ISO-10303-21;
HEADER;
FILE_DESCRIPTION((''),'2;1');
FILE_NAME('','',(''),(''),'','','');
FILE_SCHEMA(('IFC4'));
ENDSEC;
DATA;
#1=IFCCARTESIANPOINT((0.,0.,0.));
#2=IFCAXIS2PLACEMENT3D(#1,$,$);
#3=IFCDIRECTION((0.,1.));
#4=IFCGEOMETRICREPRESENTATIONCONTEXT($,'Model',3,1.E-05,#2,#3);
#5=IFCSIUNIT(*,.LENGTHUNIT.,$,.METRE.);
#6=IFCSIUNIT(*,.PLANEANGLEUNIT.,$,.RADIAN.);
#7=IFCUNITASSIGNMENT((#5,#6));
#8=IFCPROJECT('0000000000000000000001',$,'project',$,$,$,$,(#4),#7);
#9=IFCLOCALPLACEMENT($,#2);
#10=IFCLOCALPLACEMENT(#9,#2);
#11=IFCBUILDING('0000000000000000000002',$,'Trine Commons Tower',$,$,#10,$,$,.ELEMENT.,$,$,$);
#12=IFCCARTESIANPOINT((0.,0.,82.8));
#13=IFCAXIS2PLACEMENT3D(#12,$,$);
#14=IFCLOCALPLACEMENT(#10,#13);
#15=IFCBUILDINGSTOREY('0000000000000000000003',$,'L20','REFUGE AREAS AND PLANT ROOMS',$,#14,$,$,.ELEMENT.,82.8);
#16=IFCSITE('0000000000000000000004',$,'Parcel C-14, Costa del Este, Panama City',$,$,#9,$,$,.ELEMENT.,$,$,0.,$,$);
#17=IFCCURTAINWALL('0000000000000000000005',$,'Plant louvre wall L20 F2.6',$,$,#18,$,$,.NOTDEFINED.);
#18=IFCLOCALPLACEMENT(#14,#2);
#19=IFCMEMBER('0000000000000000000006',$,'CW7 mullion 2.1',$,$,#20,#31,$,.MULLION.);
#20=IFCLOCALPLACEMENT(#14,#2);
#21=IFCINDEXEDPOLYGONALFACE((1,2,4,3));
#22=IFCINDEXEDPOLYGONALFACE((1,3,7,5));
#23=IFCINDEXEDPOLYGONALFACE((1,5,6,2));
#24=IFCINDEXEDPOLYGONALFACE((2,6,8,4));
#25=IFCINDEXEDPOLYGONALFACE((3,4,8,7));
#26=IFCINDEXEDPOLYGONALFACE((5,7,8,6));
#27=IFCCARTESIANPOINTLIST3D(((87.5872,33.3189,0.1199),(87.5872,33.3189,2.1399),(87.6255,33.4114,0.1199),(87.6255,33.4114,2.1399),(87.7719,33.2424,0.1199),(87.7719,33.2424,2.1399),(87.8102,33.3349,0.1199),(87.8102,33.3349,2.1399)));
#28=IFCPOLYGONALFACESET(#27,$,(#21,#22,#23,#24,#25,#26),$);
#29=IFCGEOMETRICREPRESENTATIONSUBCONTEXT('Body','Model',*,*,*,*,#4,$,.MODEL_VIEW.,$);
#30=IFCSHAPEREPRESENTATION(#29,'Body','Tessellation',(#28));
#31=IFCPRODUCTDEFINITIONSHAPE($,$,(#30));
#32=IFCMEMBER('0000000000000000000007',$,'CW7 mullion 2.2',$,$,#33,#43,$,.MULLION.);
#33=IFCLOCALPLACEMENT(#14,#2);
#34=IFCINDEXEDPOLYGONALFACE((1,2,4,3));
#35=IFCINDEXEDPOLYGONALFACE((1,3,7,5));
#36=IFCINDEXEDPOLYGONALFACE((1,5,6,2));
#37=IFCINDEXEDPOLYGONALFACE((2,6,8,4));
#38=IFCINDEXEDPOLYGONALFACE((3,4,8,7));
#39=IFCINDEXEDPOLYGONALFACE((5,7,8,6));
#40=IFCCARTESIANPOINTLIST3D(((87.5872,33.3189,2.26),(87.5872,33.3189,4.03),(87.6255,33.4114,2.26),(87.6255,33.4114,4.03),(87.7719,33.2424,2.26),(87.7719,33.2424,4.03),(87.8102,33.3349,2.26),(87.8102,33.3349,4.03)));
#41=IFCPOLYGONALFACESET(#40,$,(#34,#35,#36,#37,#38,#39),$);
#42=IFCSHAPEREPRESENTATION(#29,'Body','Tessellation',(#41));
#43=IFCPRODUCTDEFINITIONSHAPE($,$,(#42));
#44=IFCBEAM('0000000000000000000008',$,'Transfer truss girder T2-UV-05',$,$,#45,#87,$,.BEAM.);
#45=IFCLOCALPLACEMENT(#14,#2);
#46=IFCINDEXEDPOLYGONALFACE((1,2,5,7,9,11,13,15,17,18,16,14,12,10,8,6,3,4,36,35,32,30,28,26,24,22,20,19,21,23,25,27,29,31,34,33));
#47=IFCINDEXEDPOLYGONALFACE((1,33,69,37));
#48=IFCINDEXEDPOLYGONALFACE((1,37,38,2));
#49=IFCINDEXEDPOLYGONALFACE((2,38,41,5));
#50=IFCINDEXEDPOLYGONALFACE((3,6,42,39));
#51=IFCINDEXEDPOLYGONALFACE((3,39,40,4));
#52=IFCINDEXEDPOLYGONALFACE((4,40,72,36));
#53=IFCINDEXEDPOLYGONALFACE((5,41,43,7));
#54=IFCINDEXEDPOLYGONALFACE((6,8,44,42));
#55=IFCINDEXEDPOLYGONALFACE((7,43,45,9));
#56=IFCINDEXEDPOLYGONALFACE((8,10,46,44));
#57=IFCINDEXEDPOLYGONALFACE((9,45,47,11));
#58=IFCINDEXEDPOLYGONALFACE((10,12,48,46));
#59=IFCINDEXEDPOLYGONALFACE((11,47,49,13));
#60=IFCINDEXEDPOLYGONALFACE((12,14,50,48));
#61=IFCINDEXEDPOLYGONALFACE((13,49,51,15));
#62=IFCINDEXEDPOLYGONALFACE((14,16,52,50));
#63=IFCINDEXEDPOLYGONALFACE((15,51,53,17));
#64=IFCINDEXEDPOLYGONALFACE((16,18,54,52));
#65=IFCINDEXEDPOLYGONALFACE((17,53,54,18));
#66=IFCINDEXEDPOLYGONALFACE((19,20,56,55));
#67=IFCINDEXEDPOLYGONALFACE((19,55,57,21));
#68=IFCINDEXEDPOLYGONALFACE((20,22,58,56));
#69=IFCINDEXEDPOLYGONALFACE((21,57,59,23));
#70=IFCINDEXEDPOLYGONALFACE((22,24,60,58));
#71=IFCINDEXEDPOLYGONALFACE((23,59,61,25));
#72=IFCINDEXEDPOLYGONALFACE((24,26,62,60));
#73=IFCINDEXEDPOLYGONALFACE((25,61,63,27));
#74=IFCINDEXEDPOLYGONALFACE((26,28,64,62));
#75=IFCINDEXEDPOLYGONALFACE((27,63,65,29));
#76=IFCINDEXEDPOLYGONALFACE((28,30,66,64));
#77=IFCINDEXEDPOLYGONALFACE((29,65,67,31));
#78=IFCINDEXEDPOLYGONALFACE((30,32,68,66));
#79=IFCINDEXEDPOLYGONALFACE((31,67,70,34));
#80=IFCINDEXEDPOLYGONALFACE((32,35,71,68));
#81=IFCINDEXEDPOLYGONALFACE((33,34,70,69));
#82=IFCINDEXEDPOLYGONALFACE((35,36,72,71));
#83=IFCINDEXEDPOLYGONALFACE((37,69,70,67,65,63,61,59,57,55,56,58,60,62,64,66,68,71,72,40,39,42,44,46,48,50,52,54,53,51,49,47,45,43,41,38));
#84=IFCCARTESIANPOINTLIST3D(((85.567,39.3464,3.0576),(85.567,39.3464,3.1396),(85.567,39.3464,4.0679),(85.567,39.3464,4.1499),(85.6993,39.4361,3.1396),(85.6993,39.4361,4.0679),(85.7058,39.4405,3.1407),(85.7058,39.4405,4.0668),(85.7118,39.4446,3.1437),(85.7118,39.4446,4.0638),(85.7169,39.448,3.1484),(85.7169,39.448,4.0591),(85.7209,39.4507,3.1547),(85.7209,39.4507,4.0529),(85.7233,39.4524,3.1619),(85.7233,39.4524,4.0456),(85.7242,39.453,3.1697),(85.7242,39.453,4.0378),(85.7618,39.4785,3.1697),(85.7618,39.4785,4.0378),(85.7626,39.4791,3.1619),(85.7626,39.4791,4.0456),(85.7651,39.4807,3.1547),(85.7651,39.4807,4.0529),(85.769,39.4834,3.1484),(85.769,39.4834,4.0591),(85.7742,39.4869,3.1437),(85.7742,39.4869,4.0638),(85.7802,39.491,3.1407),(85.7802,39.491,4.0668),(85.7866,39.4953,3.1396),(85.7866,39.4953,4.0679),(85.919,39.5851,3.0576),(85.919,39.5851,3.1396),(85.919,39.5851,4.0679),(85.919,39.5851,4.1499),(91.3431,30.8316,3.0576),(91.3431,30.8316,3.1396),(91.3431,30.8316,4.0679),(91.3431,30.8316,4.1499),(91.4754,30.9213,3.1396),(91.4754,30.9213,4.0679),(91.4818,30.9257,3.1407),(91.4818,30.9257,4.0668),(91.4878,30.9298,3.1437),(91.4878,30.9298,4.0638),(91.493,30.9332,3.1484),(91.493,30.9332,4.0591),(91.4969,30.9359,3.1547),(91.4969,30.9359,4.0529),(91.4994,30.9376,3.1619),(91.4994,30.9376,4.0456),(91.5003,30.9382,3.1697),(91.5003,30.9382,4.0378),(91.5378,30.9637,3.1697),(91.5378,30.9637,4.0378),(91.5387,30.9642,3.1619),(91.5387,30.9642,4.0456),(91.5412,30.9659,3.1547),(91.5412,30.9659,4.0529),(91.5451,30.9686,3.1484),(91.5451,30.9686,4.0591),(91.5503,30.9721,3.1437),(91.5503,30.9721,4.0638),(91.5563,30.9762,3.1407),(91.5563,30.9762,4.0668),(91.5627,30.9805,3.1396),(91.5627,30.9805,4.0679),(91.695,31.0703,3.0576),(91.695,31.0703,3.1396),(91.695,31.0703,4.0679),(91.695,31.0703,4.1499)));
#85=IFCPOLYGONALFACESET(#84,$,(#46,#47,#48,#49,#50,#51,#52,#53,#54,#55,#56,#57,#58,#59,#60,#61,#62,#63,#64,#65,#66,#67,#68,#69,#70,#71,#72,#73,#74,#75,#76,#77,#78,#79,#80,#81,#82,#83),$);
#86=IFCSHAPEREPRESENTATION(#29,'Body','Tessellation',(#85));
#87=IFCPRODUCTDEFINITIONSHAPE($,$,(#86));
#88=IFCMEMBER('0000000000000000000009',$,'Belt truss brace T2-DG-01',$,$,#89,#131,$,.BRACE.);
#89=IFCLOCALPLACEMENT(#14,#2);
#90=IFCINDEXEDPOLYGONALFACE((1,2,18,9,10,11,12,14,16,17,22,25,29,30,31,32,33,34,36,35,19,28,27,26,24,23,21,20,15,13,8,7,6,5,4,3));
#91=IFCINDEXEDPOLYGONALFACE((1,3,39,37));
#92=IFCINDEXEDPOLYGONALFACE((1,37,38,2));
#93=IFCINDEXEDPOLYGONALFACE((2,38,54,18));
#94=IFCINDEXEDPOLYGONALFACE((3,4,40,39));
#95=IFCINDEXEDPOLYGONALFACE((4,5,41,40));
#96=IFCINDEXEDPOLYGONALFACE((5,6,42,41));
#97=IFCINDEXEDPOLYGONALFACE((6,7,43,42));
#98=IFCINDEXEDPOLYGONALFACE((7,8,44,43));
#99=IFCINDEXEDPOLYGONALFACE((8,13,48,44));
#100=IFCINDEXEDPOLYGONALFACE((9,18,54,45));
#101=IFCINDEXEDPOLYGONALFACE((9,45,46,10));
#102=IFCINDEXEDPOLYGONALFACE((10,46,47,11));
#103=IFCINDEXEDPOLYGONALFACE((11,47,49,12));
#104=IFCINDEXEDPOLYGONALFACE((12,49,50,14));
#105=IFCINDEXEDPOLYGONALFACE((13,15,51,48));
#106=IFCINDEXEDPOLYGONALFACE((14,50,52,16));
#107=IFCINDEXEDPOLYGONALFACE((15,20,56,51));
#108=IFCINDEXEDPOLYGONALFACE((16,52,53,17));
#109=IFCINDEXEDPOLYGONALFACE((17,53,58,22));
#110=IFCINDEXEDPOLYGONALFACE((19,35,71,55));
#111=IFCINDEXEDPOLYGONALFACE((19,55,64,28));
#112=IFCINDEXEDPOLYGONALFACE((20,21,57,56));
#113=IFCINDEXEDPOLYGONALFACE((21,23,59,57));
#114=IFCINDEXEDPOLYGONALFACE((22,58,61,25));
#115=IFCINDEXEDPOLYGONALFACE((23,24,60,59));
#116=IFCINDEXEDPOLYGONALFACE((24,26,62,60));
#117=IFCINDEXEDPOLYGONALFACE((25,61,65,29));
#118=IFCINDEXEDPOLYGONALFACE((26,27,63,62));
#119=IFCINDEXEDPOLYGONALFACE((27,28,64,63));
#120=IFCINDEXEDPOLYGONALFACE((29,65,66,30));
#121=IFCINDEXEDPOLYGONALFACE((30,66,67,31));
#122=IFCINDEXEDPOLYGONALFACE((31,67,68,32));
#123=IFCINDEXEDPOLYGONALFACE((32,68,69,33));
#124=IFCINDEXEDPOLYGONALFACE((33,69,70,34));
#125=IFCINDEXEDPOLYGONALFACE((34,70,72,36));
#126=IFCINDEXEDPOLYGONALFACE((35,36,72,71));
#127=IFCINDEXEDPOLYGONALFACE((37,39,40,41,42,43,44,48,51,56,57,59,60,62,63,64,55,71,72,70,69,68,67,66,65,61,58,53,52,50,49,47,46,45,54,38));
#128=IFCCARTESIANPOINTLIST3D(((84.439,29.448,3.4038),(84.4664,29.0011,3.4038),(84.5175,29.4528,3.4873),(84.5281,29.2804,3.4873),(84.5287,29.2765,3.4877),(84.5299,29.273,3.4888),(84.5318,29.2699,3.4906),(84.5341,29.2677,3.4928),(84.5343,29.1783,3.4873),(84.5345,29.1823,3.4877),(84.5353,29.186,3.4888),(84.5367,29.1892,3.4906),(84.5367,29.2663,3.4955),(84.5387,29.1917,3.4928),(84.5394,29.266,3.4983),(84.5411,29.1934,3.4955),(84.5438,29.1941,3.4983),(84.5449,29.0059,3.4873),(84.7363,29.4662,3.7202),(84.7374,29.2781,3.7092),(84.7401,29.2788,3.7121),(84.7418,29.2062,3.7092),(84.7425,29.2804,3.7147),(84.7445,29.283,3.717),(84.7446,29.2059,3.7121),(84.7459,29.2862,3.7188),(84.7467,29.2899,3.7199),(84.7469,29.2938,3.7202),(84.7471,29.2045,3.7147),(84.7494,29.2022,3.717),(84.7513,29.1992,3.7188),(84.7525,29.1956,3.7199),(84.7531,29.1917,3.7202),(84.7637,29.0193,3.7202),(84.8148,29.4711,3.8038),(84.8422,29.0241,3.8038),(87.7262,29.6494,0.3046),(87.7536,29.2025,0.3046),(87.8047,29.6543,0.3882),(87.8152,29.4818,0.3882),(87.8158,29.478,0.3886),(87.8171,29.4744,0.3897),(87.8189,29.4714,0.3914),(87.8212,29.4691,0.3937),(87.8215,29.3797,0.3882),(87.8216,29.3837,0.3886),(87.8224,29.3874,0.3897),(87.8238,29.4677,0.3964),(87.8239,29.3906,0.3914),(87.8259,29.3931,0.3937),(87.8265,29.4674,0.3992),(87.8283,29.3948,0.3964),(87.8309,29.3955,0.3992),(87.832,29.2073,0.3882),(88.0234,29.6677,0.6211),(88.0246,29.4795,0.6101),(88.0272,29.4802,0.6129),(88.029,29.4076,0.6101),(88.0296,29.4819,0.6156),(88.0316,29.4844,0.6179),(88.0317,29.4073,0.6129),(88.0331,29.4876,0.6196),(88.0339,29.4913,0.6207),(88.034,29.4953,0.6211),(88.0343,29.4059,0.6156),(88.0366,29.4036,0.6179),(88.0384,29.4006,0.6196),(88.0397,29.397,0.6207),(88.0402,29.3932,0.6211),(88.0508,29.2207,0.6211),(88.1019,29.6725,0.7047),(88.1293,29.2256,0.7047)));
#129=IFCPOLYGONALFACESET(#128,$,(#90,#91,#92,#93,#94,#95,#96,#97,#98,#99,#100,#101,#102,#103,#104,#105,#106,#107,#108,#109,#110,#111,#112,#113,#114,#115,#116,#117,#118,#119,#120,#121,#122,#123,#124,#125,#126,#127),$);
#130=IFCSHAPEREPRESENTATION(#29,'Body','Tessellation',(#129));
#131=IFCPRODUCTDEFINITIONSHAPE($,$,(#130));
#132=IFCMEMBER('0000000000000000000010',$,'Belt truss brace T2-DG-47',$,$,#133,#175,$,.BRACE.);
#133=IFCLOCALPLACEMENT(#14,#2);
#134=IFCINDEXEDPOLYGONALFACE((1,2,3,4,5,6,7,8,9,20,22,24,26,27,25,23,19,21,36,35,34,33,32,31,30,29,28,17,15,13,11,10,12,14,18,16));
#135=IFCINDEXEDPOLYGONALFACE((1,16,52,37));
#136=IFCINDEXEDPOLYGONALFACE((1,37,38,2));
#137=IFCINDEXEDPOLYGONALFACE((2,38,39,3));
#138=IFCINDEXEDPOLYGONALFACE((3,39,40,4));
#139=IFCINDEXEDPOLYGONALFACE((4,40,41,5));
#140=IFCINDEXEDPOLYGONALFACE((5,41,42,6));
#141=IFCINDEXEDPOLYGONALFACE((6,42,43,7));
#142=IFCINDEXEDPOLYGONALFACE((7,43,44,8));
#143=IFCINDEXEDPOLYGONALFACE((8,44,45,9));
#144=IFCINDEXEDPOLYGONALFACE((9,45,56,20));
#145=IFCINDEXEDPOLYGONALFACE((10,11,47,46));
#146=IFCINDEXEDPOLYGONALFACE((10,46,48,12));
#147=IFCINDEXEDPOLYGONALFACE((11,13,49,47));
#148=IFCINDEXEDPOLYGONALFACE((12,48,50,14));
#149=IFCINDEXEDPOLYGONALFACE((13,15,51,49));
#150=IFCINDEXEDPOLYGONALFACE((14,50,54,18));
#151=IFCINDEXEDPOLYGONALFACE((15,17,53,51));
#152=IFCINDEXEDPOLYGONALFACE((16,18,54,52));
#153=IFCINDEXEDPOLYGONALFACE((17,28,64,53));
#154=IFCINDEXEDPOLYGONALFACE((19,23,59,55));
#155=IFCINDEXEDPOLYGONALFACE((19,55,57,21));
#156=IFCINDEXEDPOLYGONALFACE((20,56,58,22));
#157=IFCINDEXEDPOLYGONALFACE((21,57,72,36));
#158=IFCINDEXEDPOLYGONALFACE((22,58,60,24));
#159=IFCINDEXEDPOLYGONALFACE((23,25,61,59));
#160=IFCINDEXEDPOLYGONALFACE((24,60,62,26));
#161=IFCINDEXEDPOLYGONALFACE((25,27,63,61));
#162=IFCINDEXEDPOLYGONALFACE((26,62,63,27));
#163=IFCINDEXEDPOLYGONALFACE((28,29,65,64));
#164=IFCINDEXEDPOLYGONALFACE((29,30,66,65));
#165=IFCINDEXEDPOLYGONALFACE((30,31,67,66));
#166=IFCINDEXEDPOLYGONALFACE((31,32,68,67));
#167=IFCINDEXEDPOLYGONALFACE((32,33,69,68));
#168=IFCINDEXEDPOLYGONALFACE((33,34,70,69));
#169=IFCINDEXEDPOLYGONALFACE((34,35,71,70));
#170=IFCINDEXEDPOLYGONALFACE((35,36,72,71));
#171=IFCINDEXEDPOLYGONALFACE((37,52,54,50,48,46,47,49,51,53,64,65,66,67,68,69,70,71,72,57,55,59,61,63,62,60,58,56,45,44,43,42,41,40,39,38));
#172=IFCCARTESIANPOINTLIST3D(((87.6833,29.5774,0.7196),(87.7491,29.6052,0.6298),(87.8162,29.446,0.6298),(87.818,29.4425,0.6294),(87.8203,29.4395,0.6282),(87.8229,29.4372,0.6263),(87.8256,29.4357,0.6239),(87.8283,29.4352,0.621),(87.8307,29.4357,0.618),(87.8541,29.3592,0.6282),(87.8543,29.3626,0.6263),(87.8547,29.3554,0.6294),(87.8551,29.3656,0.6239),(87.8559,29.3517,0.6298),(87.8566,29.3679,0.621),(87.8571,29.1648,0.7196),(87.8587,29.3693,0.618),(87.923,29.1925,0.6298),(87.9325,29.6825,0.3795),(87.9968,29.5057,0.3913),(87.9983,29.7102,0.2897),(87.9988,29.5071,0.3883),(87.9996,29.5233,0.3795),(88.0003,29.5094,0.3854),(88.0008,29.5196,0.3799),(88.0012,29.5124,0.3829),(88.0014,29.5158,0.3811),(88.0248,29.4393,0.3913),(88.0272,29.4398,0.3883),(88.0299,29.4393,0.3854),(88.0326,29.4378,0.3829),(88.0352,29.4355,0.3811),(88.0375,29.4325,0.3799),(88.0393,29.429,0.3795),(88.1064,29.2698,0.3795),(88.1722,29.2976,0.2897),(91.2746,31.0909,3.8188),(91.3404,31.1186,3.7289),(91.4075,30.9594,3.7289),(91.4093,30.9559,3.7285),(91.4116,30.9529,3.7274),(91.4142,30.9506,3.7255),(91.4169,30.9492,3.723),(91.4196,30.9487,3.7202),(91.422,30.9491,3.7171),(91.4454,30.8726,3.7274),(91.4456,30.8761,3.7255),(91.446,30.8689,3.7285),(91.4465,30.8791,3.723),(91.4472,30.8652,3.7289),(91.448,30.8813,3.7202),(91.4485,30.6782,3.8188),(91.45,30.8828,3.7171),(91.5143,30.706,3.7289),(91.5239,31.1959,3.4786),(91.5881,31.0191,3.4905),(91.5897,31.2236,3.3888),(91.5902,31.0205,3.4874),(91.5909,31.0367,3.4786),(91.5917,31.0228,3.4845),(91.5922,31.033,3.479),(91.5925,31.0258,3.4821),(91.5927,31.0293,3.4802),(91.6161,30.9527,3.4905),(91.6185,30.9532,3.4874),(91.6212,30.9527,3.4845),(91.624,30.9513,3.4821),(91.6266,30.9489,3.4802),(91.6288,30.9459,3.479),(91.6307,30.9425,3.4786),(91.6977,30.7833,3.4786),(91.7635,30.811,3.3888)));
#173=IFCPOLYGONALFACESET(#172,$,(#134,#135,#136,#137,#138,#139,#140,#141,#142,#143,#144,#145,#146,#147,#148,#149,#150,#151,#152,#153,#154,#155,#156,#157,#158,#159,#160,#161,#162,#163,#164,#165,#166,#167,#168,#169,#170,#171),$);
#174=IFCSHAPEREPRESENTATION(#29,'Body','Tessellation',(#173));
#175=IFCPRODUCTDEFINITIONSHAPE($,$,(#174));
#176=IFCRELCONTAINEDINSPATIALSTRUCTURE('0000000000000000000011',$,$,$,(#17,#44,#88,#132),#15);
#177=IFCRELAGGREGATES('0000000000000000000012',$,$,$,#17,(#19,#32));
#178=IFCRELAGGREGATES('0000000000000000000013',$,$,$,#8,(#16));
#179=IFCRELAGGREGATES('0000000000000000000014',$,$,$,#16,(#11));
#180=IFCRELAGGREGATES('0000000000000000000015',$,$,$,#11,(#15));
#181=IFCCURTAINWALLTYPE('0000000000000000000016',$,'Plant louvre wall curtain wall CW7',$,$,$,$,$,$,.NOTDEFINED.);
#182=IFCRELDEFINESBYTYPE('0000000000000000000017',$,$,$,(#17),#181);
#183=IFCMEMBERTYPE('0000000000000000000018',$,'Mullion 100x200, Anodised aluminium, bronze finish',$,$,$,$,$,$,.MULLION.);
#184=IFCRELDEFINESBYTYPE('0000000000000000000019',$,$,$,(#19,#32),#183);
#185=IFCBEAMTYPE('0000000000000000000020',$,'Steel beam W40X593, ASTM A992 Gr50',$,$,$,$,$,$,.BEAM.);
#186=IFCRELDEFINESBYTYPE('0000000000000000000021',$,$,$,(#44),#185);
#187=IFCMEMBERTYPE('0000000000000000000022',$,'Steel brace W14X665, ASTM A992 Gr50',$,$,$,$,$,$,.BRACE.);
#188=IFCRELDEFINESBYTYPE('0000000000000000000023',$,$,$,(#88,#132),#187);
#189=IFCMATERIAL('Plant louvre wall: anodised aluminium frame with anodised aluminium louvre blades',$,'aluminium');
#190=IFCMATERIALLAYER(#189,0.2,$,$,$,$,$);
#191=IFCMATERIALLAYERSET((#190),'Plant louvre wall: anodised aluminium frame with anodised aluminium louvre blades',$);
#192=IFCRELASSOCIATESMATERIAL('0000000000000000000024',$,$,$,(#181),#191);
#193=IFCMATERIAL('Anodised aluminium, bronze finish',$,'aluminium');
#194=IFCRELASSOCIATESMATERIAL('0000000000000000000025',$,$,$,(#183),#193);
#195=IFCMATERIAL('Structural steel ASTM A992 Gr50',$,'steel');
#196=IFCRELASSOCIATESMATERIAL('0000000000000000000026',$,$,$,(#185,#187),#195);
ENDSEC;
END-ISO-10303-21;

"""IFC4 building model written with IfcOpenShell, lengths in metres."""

from ifc_helpers import new_model, si_unit, direction, frame, origin, origin_2d, place, context, subcontext, project, spatial, rectangle, i_section, extrude, material, layer, layer_set, material_profile, profile_set, type_object, element, aggregate, save


model = new_model("IFC4")

# Units and contexts
model_context = context("Model", 3, precision=1e-05, world=origin(), true_north=direction((0.0, 1.0)))
body_context = subcontext(model_context, "Body", "Model", "MODEL_VIEW")
ifc_project = project(units=[si_unit("LENGTHUNIT", "METRE"), si_unit("PLANEANGLEUNIT", "RADIAN")], contexts=[model_context])

# Site, building, storey
site_placement = place(None, origin())
site = spatial("IfcSite", under=ifc_project, at=site_placement, Name="Parcel C-14, Costa del Este, Panama City", CompositionType="ELEMENT", RefElevation=0.0)
building_placement = place(site_placement, origin())
building = spatial("IfcBuilding", under=site, at=building_placement, Name="Trine Commons Tower", CompositionType="ELEMENT")
storey_placement = place(building_placement, frame((0.0, 0.0, 82.8)))
storey = spatial("IfcBuildingStorey", under=building, at=storey_placement, Name="L20", Description="REFUGE AREAS AND PLANT ROOMS", CompositionType="ELEMENT", Elevation=82.8)

# Curtain wall, members
ifc_material_1 = material(Name="Plant louvre wall: anodised aluminium frame with anodised aluminium louvre blades", Category="aluminium")
ifc_layer_1 = layer(ifc_material_1, 0.2)
ifc_layer_set_1 = layer_set([ifc_layer_1], Name="Plant louvre wall: anodised aluminium frame with anodised aluminium louvre blades")
curtain_wall_type = type_object("IfcCurtainWallType", Name="Plant louvre wall curtain wall CW7", PredefinedType="NOTDEFINED", material=ifc_layer_set_1)
curtain_wall_placement = place(storey_placement, origin())
curtain_wall = element("IfcCurtainWall", 1, at=curtain_wall_placement, inside=storey, type_object=curtain_wall_type, Name="Plant louvre wall L20 F2.6", PredefinedType="NOTDEFINED")
ifc_material_2 = material(Name="Anodised aluminium, bronze finish", Category="aluminium")
ifc_material_profile_1 = material_profile(ifc_material_2, rectangle(XDim=0.2, YDim=0.1001, at=origin_2d()), Name="Mullion 100x200")
ifc_profile_set_1 = profile_set([ifc_material_profile_1], Name="Anodised aluminium, bronze finish")
member_type_1 = type_object("IfcMemberType", Name="Mullion 100x200, Anodised aluminium, bronze finish", PredefinedType="MULLION", material=ifc_profile_set_1)
member_1_placement = place(storey_placement, frame((87.6987, 33.3269, 0.1199), z_axis=(0.0, 0.0, 1.0), x_axis=(0.92388, -0.382683, 0.0)))
member_1 = element("IfcMember", 2, at=member_1_placement, type_object=member_type_1, Name="CW7 mullion 2.1", PredefinedType="MULLION", context=body_context, shape_type="SweptSolid", body=[
    extrude(rectangle(XDim=0.2, YDim=0.1001, at=origin_2d()), origin(), (0.0, 0.0, 1.0), 2.02),
])
member_2_placement = place(storey_placement, frame((87.6987, 33.3269, 2.26), z_axis=(0.0, 0.0, 1.0), x_axis=(0.92388, -0.382683, 0.0)))
member_2 = element("IfcMember", 3, at=member_2_placement, type_object=member_type_1, Name="CW7 mullion 2.2", PredefinedType="MULLION", context=body_context, shape_type="SweptSolid", body=[
    extrude(rectangle(XDim=0.2, YDim=0.1001, at=origin_2d()), origin(), (0.0, 0.0, 1.0), 1.77),
])

# Beam
ifc_material_3 = material(Name="Structural steel ASTM A992 Gr50", Category="steel")
ifc_material_profile_2 = material_profile(ifc_material_3, i_section(OverallWidth=0.4253, OverallDepth=1.0923, WebThickness=0.0454, FlangeThickness=0.082, FilletRadius=0.03, at=origin_2d()), Name="W40X593")
ifc_profile_set_2 = profile_set([ifc_material_profile_2], Name="Structural steel ASTM A992 Gr50")
beam_type = type_object("IfcBeamType", Name="Steel beam W40X593, ASTM A992 Gr50", PredefinedType="BEAM", material=ifc_profile_set_2)
beam_placement = place(storey_placement, frame((91.519, 30.9509, 3.6038), z_axis=(-0.561379, 0.827559, 0.0), x_axis=(-0.827559, -0.561379, 0.0)))
element("IfcBeam", 4, at=beam_placement, inside=storey, type_object=beam_type, Name="Transfer truss girder T2-UV-05", PredefinedType="BEAM", context=body_context, shape_type="SweptSolid", body=[
    extrude(i_section(OverallWidth=0.4253, OverallDepth=1.0923, WebThickness=0.0454, FlangeThickness=0.082, FilletRadius=0.03, at=origin_2d()), origin(), (0.0, 0.0, 1.0), 10.2891),
])

# Members
ifc_material_profile_3 = material_profile(ifc_material_3, i_section(OverallWidth=0.4478, OverallDepth=0.5493, WebThickness=0.072, FlangeThickness=0.1147, FilletRadius=0.0151, at=origin_2d()), Name="W14X665")
ifc_profile_set_3 = profile_set([ifc_material_profile_3], Name="Structural steel ASTM A992 Gr50")
member_type_2 = type_object("IfcMemberType", Name="Steel brace W14X665, ASTM A992 Gr50", PredefinedType="BRACE", material=ifc_profile_set_3)
member_3_placement = place(storey_placement, frame((87.9277, 29.4375, 0.5046), z_axis=(-0.726884, -0.044539, 0.685314), x_axis=(0.06116, -0.998128, 0.0)))
element("IfcMember", 5, at=member_3_placement, inside=storey, type_object=member_type_2, Name="Belt truss brace T2-DG-01", PredefinedType="BRACE", context=body_context, shape_type="SweptSolid", body=[
    extrude(i_section(OverallWidth=0.4478, OverallDepth=0.5493, WebThickness=0.072, FlangeThickness=0.1147, FilletRadius=0.0151, at=origin_2d()), origin(), (0.0, 0.0, 1.0), 4.5222),
])
member_4_placement = place(storey_placement, frame((87.9277, 29.4375, 0.5046), z_axis=(0.721261, 0.303949, 0.622412), x_axis=(-0.38834, 0.921516, 0.0)))
element("IfcMember", 6, at=member_4_placement, inside=storey, type_object=member_type_2, Name="Belt truss brace T2-DG-47", PredefinedType="BRACE", context=body_context, shape_type="SweptSolid", body=[
    extrude(i_section(OverallWidth=0.4478, OverallDepth=0.5493, WebThickness=0.072, FlangeThickness=0.1147, FilletRadius=0.0151, at=origin_2d()), origin(), (0.0, 0.0, 1.0), 4.9792),
])

aggregate(curtain_wall, [member_1, member_2])

save(model, "model.ifc")
